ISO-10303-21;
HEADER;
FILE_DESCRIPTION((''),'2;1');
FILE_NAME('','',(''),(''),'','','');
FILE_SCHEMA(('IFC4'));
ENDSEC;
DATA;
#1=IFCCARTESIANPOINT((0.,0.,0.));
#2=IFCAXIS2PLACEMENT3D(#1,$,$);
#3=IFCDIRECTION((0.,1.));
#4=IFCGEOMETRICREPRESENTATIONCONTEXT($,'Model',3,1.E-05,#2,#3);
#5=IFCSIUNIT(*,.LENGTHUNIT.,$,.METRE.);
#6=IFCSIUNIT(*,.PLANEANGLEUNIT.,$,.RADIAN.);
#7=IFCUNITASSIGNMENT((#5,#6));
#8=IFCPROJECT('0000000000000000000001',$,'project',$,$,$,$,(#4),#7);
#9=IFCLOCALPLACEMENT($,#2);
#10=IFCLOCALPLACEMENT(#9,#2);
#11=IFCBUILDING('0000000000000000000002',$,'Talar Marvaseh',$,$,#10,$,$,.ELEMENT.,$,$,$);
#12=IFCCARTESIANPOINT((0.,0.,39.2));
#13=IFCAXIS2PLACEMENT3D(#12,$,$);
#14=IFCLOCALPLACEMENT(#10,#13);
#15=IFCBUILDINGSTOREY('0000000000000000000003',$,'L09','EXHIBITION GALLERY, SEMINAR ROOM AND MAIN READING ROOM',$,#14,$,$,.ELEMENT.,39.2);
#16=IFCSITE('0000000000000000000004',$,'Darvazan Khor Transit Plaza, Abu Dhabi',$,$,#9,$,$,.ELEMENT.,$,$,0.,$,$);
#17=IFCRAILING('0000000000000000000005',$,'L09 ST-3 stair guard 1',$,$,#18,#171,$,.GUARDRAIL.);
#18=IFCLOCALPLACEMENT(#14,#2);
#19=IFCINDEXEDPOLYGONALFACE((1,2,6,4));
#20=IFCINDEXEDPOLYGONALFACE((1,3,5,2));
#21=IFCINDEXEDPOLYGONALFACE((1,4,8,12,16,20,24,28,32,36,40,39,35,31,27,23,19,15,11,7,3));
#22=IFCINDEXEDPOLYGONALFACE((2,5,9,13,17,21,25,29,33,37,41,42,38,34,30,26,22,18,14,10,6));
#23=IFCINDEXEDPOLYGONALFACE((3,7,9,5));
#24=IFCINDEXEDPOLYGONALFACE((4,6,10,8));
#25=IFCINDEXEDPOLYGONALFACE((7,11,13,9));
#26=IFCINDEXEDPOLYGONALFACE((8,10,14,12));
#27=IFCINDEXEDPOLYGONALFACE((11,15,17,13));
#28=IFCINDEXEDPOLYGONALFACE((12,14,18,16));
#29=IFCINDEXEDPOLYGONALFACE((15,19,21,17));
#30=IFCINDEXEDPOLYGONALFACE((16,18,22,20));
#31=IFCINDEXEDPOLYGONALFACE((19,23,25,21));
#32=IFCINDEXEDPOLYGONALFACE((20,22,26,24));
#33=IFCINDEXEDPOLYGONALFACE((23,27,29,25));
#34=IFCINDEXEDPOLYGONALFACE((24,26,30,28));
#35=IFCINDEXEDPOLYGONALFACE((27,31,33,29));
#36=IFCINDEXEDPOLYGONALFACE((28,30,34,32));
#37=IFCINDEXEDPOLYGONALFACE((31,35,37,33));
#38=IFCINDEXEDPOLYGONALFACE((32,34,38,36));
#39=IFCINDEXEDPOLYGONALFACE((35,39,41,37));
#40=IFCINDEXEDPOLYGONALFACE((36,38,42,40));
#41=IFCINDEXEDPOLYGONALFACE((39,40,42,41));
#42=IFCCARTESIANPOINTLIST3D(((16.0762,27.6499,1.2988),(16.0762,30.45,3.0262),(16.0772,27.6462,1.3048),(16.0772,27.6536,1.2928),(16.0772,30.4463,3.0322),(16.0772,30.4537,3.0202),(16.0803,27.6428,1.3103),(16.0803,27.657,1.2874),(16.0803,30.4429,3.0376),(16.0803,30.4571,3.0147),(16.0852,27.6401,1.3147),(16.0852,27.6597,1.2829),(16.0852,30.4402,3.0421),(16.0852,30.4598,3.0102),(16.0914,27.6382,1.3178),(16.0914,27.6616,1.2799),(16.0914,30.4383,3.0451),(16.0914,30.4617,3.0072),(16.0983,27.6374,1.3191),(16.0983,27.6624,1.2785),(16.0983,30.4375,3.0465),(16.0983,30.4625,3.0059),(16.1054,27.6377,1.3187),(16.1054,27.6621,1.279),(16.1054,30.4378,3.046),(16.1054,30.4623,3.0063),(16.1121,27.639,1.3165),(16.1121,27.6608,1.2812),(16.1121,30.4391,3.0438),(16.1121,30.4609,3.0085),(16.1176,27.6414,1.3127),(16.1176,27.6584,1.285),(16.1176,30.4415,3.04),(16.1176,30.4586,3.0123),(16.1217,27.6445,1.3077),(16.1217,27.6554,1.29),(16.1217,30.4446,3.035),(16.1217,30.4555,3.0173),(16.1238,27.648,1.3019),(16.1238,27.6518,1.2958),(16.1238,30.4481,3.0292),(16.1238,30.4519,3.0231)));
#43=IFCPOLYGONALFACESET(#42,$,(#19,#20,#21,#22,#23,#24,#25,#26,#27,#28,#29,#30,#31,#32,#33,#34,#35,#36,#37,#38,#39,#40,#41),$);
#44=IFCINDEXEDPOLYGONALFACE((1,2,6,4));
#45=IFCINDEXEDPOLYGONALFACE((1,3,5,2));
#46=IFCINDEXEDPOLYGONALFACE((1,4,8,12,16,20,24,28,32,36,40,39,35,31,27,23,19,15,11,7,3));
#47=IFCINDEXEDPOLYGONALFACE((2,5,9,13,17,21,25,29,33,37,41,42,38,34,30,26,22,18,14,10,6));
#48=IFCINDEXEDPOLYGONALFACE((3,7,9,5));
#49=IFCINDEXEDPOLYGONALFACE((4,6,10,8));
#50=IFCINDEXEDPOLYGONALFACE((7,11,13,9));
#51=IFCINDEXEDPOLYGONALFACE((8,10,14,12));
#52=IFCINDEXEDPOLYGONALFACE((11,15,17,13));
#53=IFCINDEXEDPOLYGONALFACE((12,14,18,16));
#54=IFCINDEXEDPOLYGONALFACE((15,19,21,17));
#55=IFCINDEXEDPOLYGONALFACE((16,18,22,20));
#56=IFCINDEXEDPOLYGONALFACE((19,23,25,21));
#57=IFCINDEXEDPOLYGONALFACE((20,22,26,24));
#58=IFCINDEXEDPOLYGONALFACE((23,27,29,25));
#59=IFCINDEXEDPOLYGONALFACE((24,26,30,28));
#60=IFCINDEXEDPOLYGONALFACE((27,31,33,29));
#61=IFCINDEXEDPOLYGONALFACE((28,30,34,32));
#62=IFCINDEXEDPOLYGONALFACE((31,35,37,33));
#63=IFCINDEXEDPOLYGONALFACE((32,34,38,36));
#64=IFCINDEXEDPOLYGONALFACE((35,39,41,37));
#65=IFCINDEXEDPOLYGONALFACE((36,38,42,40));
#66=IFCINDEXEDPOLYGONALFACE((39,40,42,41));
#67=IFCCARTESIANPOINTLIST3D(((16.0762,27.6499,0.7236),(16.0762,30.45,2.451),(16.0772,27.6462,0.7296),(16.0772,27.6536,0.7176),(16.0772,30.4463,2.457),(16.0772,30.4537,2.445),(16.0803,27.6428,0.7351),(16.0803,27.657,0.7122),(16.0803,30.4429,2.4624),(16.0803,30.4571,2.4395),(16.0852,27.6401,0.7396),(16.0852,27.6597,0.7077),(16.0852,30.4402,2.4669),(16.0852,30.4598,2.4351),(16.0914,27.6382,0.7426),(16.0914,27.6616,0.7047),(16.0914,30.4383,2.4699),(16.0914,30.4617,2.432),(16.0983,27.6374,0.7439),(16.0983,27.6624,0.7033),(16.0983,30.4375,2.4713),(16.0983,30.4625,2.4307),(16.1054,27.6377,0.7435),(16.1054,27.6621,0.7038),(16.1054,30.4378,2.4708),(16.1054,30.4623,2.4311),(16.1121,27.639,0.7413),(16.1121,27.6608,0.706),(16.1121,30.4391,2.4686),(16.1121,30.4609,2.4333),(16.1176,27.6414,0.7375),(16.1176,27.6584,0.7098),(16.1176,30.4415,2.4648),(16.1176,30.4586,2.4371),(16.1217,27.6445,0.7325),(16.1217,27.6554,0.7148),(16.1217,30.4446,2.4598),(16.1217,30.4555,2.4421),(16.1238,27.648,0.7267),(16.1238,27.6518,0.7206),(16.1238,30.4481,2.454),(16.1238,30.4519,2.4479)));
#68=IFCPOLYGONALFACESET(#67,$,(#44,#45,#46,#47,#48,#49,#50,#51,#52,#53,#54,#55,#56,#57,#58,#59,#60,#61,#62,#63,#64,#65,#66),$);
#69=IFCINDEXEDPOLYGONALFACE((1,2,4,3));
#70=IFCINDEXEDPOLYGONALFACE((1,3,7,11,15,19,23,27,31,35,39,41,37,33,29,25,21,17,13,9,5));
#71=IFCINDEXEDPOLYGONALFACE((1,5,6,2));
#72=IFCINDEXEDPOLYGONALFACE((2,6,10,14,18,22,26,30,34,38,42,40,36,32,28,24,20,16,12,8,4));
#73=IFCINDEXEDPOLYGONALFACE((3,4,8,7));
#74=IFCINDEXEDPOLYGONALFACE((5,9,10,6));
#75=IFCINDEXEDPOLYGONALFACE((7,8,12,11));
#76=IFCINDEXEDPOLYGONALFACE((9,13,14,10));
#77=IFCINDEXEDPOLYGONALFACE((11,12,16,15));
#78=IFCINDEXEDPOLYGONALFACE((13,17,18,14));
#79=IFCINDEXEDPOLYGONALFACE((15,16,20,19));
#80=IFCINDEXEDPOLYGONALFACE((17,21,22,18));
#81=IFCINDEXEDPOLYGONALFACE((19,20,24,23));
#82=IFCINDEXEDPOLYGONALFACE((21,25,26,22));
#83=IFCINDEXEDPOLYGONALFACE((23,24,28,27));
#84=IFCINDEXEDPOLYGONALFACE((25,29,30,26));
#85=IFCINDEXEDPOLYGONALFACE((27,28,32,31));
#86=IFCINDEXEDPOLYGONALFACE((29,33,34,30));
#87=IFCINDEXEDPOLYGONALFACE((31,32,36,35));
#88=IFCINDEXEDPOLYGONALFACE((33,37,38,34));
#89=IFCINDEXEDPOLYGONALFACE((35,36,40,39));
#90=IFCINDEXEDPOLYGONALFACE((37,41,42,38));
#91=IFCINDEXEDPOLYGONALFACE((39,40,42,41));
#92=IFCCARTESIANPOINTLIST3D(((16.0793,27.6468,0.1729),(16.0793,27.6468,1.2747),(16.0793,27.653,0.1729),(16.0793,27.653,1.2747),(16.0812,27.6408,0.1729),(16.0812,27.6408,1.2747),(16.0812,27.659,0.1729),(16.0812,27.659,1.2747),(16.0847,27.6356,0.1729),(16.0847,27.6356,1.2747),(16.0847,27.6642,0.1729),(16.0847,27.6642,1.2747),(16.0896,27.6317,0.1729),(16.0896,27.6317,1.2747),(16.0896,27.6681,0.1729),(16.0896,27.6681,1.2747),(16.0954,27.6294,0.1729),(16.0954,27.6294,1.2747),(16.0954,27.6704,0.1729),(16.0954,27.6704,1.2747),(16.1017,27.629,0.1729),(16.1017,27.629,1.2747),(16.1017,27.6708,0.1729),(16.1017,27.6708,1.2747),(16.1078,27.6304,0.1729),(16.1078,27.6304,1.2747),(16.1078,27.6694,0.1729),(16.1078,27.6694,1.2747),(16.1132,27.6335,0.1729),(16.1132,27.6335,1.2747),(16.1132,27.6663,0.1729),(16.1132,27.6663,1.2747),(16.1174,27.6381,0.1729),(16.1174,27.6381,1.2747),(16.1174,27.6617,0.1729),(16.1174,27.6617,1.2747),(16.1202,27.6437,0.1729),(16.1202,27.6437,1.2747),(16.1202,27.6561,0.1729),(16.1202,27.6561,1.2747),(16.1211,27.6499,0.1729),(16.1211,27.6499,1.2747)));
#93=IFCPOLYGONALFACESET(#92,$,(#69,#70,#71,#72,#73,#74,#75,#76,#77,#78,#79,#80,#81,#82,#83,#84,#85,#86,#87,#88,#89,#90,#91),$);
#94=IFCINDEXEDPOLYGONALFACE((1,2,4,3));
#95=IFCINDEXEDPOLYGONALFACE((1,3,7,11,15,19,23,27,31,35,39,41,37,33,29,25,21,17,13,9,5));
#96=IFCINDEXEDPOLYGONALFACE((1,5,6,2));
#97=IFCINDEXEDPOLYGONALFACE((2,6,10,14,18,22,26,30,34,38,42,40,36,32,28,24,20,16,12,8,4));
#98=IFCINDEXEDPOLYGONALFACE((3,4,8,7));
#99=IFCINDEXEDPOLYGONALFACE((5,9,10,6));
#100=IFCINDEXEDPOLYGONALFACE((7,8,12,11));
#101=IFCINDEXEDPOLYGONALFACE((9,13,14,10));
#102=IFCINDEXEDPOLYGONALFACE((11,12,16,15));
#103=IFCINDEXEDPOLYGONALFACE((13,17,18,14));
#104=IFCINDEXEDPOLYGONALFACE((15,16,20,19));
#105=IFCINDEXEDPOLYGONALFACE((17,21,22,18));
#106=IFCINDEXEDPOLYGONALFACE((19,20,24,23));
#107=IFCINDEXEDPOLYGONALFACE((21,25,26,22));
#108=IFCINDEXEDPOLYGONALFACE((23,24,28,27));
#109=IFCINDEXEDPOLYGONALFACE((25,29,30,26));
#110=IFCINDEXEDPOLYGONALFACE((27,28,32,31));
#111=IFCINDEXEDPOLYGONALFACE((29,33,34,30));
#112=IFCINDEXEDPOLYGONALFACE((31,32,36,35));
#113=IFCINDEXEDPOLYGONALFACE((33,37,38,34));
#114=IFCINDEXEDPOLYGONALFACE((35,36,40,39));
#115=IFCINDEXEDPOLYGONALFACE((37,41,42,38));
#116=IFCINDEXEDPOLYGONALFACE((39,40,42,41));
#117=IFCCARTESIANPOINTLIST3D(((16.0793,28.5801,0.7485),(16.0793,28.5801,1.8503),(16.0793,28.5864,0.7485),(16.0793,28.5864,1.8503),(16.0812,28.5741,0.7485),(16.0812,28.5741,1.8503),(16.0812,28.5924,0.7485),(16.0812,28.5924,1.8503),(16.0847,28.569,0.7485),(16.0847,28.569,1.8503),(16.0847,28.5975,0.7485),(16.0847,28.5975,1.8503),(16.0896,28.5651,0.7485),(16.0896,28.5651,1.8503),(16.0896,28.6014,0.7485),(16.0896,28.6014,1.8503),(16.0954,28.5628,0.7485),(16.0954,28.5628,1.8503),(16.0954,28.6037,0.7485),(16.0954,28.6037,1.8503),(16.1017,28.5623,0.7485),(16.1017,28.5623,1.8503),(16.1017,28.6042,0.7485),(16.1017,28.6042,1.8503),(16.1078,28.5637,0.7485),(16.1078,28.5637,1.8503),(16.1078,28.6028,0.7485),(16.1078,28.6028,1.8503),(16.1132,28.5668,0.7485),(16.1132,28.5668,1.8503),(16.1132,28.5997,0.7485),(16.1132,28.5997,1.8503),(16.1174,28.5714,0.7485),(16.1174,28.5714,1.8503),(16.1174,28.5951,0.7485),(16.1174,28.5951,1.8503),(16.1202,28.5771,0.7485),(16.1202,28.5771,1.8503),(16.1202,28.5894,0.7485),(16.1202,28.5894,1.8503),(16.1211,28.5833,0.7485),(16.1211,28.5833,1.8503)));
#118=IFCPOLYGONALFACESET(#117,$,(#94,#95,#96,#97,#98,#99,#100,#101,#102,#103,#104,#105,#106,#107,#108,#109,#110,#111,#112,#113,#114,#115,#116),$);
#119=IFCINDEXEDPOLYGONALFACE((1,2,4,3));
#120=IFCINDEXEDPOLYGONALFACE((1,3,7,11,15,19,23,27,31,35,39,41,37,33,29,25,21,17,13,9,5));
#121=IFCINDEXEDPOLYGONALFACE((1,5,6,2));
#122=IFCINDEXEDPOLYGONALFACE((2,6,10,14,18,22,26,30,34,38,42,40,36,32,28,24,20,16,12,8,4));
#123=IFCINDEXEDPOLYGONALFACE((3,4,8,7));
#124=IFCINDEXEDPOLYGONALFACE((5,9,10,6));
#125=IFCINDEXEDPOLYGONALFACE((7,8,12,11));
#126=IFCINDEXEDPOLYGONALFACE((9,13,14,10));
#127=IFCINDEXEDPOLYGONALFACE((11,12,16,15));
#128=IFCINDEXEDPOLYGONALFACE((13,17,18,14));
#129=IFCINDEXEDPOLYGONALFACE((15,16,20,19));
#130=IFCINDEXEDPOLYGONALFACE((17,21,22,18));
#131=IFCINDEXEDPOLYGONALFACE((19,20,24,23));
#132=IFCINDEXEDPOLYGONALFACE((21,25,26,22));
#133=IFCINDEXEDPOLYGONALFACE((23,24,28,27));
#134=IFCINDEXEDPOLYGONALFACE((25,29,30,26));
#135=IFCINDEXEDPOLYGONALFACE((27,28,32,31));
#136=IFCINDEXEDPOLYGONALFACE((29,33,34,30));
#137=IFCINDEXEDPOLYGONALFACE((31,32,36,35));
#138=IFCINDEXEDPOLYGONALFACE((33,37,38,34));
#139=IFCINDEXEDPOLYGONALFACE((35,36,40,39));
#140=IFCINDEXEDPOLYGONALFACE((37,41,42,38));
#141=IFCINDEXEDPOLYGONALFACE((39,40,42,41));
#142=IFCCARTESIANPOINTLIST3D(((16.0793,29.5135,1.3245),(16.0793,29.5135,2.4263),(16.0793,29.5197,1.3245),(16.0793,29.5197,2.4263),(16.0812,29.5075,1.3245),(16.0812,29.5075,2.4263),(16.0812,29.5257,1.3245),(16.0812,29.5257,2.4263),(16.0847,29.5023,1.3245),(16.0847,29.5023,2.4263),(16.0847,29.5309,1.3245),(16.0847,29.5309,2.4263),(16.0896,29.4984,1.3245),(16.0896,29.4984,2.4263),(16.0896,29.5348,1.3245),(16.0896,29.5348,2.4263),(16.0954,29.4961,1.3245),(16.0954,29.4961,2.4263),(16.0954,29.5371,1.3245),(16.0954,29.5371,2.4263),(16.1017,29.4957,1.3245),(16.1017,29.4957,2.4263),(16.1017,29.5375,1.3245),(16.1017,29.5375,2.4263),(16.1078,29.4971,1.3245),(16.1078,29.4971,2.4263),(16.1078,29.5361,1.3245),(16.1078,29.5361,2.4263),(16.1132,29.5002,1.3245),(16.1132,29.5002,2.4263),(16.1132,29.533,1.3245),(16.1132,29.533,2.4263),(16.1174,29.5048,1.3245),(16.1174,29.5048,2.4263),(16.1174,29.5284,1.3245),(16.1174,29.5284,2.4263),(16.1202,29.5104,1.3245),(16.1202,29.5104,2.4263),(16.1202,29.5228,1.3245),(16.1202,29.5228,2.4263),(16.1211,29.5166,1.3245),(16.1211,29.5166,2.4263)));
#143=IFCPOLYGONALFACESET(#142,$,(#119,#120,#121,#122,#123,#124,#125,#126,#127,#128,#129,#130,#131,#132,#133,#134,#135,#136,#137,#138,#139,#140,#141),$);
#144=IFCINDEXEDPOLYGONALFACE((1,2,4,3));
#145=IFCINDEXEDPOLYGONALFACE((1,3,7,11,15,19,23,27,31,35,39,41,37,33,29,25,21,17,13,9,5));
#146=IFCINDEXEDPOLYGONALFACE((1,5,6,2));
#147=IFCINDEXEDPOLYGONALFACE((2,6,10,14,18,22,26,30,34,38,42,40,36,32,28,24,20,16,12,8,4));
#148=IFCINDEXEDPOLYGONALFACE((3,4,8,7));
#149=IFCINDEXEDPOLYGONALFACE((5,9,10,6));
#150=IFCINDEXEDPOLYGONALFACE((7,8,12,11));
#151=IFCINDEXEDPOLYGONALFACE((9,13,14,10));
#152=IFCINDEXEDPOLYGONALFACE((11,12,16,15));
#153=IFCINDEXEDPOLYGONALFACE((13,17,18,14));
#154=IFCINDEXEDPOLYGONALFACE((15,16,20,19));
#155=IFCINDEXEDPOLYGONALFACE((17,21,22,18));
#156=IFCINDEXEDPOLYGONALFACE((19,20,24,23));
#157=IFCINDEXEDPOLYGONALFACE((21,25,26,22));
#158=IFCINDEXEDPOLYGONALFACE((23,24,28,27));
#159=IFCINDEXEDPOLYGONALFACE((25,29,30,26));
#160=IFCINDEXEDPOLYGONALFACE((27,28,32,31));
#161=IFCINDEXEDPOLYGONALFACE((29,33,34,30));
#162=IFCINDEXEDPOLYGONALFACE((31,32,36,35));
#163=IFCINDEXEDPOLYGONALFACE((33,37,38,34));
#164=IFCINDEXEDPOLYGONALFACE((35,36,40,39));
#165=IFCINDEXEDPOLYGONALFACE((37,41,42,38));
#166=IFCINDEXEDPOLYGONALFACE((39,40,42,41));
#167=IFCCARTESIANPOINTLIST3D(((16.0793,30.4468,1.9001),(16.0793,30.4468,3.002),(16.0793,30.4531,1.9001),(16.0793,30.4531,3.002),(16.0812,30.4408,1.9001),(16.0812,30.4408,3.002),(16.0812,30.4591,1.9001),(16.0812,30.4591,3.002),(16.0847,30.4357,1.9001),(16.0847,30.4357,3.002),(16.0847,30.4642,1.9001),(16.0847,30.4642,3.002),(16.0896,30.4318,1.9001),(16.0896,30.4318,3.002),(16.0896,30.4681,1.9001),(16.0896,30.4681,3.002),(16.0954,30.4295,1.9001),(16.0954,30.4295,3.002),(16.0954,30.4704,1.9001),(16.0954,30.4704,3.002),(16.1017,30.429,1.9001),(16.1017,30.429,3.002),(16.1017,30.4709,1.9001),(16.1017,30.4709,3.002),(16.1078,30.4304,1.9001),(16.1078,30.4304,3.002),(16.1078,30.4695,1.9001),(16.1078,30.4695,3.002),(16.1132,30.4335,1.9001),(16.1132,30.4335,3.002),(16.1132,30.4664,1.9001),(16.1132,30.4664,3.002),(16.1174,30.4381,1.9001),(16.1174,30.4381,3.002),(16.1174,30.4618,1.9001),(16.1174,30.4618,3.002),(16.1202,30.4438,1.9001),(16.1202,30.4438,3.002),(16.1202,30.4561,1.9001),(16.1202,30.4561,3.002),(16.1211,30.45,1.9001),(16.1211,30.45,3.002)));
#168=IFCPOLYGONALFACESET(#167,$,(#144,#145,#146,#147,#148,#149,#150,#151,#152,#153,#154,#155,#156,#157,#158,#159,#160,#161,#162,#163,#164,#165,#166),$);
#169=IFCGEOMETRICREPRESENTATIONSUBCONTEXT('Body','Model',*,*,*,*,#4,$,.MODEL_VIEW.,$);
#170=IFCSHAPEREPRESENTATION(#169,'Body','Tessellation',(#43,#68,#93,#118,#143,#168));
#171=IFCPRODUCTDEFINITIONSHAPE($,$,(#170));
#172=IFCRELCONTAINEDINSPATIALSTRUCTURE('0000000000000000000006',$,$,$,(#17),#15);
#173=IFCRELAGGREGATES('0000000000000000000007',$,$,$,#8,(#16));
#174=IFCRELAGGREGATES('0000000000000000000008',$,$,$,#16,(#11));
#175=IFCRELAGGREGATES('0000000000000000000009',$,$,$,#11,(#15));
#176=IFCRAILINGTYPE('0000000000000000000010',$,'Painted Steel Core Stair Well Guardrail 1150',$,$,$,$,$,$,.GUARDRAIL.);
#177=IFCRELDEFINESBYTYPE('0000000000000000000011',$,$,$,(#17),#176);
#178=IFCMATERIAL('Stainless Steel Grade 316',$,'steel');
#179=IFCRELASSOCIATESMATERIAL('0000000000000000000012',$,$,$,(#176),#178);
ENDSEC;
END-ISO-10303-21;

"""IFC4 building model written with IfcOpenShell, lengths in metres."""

from ifc_helpers import new_model, si_unit, direction, frame, origin, origin_2d, place, context, subcontext, project, spatial, circle, extrude, material, type_object, element, save


model = new_model("IFC4")

# Units and contexts
model_context = context("Model", 3, precision=1e-05, world=origin(), true_north=direction((0.0, 1.0)))
body_context = subcontext(model_context, "Body", "Model", "MODEL_VIEW")
ifc_project = project(units=[si_unit("LENGTHUNIT", "METRE"), si_unit("PLANEANGLEUNIT", "RADIAN")], contexts=[model_context])

# Site, building, storey
site_placement = place(None, origin())
site = spatial("IfcSite", under=ifc_project, at=site_placement, Name="Darvazan Khor Transit Plaza, Abu Dhabi", CompositionType="ELEMENT", RefElevation=0.0)
building_placement = place(site_placement, origin())
building = spatial("IfcBuilding", under=site, at=building_placement, Name="Talar Marvaseh", CompositionType="ELEMENT")
storey_placement = place(building_placement, frame((0.0, 0.0, 39.2)))
storey = spatial("IfcBuildingStorey", under=building, at=storey_placement, Name="L09", Description="EXHIBITION GALLERY, SEMINAR ROOM AND MAIN READING ROOM", CompositionType="ELEMENT", Elevation=39.2)

# Railing
ifc_material_1 = material(Name="Stainless Steel Grade 316", Category="steel")
railing_type_1 = type_object("IfcRailingType", Name="Painted Steel Core Stair Well Guardrail 1150", PredefinedType="GUARDRAIL", material=ifc_material_1)
railing_1_placement = place(storey_placement, frame((16.1001, 27.6499, 0.1729)))
element("IfcRailing", 1, at=railing_1_placement, inside=storey, type_object=railing_type_1, Name="L09 ST-3 stair guard 1", PredefinedType="GUARDRAIL", context=body_context, shape_type="SweptSolid", body=[
    extrude(circle(Radius=0.0239, at=origin_2d()), frame((0.0, 0.0, 1.126), z_axis=(0.0, 0.85109, 0.52502), x_axis=(-1.0, 0.0, 0.0)), (0.0, 0.0, 1.0), 3.29),
    extrude(circle(Radius=0.0239, at=origin_2d()), frame((0.0, 0.0, 0.5508), z_axis=(0.0, 0.85109, 0.52502), x_axis=(-1.0, 0.0, 0.0)), (0.0, 0.0, 1.0), 3.29),
    extrude(circle(Radius=0.021, at=origin_2d()), origin(), (0.0, 0.0, 1.0), 1.1018),
    extrude(circle(Radius=0.021, at=origin_2d()), frame((0.0, 0.9333, 0.5757)), (0.0, 0.0, 1.0), 1.1018),
    extrude(circle(Radius=0.021, at=origin_2d()), frame((0.0, 1.8667, 1.1516)), (0.0, 0.0, 1.0), 1.1018),
    extrude(circle(Radius=0.021, at=origin_2d()), frame((0.0, 2.8, 1.7273)), (0.0, 0.0, 1.0), 1.1018),
])

save(model, "model.ifc")
